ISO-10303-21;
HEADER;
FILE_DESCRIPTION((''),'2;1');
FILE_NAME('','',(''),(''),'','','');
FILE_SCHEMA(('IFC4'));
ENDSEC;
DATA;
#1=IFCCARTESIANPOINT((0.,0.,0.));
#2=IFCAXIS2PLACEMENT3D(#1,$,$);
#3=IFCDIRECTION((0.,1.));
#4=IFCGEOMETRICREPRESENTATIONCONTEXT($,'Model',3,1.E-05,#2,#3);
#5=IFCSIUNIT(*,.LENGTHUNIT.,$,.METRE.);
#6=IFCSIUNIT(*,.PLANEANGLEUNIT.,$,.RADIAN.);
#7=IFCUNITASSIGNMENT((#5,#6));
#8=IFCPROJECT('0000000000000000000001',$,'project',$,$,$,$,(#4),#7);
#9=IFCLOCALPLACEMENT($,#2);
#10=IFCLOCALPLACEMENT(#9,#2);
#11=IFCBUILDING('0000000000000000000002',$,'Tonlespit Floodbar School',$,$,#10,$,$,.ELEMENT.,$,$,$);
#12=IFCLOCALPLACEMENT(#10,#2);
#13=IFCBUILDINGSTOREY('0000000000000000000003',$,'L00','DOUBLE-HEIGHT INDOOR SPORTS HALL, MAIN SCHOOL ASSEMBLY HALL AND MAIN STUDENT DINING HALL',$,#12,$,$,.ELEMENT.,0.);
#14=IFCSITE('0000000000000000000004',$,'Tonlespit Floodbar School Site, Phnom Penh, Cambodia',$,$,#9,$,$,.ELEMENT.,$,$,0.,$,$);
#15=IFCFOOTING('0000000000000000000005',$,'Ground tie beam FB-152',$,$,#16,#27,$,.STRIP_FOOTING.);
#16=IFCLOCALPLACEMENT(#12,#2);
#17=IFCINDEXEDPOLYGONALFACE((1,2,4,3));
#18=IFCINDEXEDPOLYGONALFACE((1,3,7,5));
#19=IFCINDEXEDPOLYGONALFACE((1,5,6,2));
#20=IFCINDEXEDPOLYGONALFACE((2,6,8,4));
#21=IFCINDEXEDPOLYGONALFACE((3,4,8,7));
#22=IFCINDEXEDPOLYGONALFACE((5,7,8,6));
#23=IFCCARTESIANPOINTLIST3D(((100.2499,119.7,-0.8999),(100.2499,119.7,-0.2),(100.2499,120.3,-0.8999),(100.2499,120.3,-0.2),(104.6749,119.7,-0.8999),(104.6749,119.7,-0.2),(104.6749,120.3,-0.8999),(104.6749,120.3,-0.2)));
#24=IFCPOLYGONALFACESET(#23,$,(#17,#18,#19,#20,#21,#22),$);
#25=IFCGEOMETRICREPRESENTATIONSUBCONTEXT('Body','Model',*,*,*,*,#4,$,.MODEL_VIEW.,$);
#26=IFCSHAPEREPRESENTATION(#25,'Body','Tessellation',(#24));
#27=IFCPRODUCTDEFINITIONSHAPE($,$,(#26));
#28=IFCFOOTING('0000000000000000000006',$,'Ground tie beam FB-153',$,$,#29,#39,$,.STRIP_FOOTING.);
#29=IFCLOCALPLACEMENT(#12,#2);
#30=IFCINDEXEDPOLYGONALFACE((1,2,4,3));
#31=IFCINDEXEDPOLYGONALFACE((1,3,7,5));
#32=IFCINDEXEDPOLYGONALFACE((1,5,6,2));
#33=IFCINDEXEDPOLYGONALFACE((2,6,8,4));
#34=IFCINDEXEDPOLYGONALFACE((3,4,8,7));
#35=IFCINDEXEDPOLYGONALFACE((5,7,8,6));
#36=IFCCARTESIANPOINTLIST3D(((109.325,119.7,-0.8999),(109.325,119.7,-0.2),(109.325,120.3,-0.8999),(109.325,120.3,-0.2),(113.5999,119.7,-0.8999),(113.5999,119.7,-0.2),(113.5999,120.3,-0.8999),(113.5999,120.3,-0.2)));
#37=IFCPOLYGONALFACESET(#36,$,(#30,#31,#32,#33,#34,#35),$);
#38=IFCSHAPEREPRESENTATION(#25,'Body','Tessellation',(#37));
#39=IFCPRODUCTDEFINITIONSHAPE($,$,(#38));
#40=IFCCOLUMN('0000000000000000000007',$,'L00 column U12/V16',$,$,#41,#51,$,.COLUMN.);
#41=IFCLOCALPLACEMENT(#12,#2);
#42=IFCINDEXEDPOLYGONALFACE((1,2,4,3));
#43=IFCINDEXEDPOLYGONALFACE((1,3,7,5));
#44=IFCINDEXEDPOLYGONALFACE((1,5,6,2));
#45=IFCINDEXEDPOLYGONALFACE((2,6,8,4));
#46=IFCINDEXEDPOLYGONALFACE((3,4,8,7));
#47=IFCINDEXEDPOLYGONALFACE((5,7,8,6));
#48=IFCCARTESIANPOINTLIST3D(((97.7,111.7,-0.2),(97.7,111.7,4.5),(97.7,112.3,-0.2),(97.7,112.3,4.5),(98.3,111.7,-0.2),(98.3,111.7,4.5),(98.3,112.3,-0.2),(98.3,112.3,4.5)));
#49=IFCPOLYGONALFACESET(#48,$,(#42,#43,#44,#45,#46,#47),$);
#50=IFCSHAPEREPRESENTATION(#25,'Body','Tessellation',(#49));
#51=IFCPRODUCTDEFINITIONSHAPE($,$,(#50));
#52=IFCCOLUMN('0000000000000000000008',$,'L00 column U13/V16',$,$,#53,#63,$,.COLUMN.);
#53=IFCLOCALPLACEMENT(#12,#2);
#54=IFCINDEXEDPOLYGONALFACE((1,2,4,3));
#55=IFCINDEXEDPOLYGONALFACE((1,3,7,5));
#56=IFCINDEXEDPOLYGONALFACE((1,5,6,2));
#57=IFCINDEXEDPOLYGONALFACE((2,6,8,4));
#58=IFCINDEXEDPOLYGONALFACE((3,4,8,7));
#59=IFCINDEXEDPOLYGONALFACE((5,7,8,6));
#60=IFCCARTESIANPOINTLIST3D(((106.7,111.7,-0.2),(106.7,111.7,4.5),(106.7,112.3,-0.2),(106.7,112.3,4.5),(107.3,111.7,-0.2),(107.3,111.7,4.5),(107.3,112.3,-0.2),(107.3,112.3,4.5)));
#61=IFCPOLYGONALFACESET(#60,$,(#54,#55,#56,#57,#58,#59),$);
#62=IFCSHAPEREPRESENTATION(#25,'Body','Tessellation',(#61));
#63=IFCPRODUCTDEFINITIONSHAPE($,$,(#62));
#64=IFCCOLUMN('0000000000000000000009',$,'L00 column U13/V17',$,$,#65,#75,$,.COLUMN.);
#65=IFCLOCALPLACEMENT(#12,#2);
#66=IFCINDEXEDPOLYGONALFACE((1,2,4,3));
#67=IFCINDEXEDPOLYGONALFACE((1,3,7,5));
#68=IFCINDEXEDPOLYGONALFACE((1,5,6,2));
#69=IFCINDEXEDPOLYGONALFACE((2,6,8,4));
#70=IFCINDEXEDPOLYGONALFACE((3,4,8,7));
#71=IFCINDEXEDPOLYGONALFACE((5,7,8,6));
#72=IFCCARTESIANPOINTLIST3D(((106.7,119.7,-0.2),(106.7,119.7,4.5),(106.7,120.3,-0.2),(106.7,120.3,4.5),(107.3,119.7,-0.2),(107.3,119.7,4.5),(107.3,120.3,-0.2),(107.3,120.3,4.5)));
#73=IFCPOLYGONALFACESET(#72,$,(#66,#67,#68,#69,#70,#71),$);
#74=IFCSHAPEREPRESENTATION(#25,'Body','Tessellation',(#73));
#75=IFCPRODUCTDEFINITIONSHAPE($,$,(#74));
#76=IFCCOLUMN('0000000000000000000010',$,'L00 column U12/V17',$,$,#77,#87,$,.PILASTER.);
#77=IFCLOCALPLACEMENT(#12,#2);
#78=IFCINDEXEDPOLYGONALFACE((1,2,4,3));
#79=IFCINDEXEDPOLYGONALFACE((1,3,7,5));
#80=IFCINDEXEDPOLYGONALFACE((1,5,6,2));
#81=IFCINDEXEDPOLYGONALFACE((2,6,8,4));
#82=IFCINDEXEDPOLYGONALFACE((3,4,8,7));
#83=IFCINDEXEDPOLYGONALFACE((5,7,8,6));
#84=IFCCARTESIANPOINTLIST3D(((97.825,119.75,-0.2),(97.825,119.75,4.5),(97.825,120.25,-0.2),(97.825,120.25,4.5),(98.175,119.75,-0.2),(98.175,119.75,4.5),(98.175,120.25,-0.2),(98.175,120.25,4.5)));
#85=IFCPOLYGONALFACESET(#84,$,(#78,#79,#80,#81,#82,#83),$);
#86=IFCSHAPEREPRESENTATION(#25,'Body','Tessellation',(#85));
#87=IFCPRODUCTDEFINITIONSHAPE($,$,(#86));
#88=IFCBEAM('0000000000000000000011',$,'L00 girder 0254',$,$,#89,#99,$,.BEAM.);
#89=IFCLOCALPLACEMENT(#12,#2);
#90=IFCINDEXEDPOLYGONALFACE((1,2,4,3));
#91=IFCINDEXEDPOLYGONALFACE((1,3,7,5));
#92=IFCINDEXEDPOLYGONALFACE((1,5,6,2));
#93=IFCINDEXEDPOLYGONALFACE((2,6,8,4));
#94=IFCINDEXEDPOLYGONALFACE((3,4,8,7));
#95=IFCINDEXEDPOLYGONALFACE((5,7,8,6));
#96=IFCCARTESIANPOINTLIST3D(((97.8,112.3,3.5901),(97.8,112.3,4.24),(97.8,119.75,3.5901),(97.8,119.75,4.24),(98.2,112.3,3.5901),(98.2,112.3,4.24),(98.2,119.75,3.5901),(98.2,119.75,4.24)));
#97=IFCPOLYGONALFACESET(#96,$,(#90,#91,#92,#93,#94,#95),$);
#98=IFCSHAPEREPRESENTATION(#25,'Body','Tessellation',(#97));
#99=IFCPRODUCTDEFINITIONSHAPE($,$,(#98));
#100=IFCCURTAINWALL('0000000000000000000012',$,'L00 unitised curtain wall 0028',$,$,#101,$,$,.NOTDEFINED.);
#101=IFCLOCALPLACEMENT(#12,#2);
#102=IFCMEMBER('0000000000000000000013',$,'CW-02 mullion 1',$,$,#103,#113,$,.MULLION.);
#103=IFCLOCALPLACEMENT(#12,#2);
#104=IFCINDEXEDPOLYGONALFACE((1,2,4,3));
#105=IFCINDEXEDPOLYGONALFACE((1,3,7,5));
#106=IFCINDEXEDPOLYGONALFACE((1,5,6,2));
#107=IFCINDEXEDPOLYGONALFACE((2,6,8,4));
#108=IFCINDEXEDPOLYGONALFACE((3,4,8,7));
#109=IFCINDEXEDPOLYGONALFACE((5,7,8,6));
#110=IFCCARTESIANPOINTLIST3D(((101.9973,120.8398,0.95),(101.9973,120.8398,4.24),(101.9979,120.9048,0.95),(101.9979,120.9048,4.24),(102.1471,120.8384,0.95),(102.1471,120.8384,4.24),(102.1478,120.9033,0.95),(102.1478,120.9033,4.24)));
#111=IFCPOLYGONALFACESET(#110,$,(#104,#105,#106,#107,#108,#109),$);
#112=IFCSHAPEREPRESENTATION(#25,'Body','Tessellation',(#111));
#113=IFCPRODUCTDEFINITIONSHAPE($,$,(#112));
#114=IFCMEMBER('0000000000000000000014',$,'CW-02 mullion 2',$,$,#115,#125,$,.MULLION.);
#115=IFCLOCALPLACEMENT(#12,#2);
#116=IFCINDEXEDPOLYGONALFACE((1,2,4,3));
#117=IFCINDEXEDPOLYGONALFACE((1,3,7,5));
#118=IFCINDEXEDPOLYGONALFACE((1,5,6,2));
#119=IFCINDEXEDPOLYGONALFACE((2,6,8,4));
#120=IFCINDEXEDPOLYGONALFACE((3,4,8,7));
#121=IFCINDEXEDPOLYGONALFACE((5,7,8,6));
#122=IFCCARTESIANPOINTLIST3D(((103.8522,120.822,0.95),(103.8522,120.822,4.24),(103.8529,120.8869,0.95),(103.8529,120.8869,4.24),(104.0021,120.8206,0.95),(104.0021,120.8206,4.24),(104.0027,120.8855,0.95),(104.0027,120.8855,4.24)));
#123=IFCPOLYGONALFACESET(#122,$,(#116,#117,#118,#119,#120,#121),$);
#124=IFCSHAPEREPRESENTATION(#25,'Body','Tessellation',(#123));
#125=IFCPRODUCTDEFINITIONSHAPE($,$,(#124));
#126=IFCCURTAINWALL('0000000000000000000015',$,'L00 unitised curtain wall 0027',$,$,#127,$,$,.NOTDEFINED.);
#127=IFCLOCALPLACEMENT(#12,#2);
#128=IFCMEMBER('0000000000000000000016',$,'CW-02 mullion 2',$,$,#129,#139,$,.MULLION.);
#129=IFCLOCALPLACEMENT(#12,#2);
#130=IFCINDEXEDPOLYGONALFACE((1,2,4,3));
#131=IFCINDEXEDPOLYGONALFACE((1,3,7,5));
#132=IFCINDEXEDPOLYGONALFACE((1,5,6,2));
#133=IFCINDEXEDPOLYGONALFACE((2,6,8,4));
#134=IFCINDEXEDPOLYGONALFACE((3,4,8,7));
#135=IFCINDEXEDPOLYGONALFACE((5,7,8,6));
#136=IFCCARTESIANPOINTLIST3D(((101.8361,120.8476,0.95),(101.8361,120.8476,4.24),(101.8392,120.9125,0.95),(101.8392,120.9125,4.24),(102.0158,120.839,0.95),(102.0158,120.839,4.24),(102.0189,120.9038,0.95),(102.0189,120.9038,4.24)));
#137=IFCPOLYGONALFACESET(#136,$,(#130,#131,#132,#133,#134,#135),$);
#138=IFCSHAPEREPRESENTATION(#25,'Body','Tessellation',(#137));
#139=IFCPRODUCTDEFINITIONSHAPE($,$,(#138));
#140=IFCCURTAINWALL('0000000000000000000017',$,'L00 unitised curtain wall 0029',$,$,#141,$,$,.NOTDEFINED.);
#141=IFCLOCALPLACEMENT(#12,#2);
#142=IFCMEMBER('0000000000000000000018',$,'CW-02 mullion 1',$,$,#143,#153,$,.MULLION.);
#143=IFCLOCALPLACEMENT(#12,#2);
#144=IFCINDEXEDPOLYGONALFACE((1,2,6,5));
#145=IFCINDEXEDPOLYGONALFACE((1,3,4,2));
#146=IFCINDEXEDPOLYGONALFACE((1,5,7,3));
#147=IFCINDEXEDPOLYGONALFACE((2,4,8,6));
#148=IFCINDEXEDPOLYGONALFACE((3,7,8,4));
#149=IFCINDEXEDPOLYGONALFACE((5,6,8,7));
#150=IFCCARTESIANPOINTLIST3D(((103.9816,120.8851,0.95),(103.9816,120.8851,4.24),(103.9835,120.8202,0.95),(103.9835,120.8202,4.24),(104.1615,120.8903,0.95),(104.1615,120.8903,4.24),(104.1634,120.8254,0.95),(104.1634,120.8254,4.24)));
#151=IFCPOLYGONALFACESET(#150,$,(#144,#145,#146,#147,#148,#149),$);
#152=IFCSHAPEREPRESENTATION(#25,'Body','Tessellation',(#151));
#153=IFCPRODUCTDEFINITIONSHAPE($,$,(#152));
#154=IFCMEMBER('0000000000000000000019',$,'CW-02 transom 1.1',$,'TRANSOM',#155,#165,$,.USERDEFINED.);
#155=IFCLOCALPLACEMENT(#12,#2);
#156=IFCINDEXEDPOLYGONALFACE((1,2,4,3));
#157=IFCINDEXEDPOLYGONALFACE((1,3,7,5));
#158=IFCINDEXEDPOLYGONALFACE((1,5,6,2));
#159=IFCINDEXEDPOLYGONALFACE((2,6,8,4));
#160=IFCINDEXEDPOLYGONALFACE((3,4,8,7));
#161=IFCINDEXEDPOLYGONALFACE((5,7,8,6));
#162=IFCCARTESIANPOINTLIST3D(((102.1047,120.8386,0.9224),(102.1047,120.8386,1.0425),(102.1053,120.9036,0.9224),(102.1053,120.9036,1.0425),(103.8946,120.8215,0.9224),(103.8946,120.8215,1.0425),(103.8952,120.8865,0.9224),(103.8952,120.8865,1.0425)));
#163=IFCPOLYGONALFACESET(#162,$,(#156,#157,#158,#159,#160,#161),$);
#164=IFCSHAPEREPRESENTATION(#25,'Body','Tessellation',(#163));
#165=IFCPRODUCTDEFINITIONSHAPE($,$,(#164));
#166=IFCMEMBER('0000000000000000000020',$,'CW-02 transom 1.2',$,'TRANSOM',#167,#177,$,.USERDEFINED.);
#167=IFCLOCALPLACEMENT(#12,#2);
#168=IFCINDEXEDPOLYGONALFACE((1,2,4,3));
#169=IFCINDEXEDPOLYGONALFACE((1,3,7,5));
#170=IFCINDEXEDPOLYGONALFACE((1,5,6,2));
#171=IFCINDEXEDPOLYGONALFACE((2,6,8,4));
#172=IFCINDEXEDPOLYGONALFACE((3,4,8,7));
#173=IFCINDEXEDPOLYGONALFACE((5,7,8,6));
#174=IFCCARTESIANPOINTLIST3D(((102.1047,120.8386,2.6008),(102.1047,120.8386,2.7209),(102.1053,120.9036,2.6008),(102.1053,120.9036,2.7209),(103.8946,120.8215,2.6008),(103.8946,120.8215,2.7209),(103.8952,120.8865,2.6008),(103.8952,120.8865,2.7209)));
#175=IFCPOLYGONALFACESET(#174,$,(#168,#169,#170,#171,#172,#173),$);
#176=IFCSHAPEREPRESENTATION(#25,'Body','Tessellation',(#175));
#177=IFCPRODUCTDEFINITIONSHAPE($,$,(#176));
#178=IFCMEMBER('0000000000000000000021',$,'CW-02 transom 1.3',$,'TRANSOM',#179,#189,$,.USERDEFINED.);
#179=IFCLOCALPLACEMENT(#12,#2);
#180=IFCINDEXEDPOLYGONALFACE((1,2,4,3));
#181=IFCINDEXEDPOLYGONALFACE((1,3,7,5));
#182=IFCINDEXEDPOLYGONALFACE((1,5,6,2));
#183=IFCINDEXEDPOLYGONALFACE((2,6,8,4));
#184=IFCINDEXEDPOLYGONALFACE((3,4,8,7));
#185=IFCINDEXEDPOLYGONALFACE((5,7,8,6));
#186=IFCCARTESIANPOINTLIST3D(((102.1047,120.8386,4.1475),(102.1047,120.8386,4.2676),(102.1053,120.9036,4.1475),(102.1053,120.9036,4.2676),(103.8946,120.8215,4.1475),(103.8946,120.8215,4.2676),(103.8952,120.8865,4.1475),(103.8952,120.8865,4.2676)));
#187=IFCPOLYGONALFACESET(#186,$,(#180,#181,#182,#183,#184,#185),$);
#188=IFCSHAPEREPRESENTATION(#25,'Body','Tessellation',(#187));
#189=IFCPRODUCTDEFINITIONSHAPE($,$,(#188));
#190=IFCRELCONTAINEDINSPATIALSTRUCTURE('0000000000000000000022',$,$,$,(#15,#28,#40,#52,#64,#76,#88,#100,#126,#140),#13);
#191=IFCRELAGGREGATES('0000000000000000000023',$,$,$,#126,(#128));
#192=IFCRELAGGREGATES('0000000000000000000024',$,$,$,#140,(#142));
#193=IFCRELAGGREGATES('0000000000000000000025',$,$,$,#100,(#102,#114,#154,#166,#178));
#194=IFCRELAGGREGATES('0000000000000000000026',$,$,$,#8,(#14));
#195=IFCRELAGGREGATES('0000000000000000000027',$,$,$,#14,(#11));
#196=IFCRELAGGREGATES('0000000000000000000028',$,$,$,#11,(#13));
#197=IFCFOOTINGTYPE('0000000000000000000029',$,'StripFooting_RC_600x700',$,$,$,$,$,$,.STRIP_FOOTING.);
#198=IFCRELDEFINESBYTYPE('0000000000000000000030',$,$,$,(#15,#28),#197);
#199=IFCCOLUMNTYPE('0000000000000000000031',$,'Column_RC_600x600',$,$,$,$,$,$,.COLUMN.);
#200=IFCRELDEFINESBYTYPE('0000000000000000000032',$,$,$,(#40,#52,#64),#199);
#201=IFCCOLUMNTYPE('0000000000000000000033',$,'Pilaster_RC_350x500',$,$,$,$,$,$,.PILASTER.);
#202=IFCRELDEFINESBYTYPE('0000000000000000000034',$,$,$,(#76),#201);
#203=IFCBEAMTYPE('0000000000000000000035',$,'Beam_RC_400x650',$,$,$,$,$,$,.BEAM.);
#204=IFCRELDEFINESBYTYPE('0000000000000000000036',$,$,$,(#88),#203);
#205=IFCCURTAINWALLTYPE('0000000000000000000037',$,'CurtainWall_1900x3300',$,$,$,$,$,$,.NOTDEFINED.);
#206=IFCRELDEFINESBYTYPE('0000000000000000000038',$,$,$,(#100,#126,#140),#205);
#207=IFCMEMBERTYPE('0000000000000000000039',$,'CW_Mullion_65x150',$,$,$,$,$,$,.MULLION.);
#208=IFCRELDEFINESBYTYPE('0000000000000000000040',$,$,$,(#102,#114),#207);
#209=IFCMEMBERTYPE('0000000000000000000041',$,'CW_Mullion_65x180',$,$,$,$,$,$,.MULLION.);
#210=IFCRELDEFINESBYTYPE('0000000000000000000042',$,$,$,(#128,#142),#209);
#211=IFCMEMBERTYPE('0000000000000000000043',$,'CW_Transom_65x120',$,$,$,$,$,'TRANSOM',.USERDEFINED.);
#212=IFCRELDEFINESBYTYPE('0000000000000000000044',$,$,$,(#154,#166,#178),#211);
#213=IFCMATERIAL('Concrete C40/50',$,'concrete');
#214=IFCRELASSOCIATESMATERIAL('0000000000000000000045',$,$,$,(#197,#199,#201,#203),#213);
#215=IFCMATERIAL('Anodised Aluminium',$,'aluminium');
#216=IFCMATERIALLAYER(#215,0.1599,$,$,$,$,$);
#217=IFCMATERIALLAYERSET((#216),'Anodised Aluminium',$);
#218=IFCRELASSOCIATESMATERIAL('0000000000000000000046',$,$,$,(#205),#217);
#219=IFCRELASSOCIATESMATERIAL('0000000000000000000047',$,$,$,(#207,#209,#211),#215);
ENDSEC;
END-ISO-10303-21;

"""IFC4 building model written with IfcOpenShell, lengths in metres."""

from ifc_helpers import new_model, si_unit, direction, frame, origin, origin_2d, place, context, subcontext, project, spatial, rectangle, extrude, material, layer, layer_set, material_profile, profile_set, type_object, element, aggregate, save


model = new_model("IFC4")

# Units and contexts
model_context = context("Model", 3, precision=1e-05, world=origin(), true_north=direction((0.0, 1.0)))
body_context = subcontext(model_context, "Body", "Model", "MODEL_VIEW")
ifc_project = project(units=[si_unit("LENGTHUNIT", "METRE"), si_unit("PLANEANGLEUNIT", "RADIAN")], contexts=[model_context])

# Site, building, storey
site_placement = place(None, origin())
site = spatial("IfcSite", under=ifc_project, at=site_placement, Name="Tonlespit Floodbar School Site, Phnom Penh, Cambodia", CompositionType="ELEMENT", RefElevation=0.0)
building_placement = place(site_placement, origin())
building = spatial("IfcBuilding", under=site, at=building_placement, Name="Tonlespit Floodbar School", CompositionType="ELEMENT")
storey_placement = place(building_placement, origin())
storey = spatial("IfcBuildingStorey", under=building, at=storey_placement, Name="L00", Description="DOUBLE-HEIGHT INDOOR SPORTS HALL, MAIN SCHOOL ASSEMBLY HALL AND MAIN STUDENT DINING HALL", CompositionType="ELEMENT", Elevation=0.0)

# Shared definitions
ifc_material_1 = material(Name="Concrete C40/50", Category="concrete")

# Footings
footing_type_1 = type_object("IfcFootingType", Name="StripFooting_RC_600x700", PredefinedType="STRIP_FOOTING", material=ifc_material_1)
footing_1_placement = place(storey_placement, frame((102.4624, 120.0, -0.8999), z_axis=(0.0, 0.0, 1.0), x_axis=(1.0, 0.0, 0.0)))
element("IfcFooting", 1, at=footing_1_placement, inside=storey, type_object=footing_type_1, Name="Ground tie beam FB-152", PredefinedType="STRIP_FOOTING", context=body_context, shape_type="SweptSolid", body=[
    extrude(rectangle(XDim=4.425, YDim=0.6001, at=origin_2d()), origin(), (0.0, 0.0, 1.0), 0.7),
])
footing_2_placement = place(storey_placement, frame((111.4624, 120.0, -0.8999), z_axis=(0.0, 0.0, 1.0), x_axis=(1.0, 0.0, 0.0)))
element("IfcFooting", 2, at=footing_2_placement, inside=storey, type_object=footing_type_1, Name="Ground tie beam FB-153", PredefinedType="STRIP_FOOTING", context=body_context, shape_type="SweptSolid", body=[
    extrude(rectangle(XDim=4.2749, YDim=0.6001, at=origin_2d()), origin(), (0.0, 0.0, 1.0), 0.7),
])

# Columns
ifc_material_profile_1 = material_profile(ifc_material_1, rectangle(XDim=0.6001, YDim=0.6001, at=origin_2d()), Name="RC 600x600")
ifc_profile_set_1 = profile_set([ifc_material_profile_1], Name="Concrete C40/50")
column_type_1 = type_object("IfcColumnType", Name="Column_RC_600x600", PredefinedType="COLUMN", material=ifc_profile_set_1)
for number, where, z_axis, x_axis, name in (
    (3, (98.0, 112.0, -0.2), (0.0, 0.0, 1.0), (1.0, 0.0, 0.0), "L00 column U12/V16"),
    (4, (107.0, 112.0, -0.2), (0.0, 0.0, 1.0), (1.0, 0.0, 0.0), "L00 column U13/V16"),
    (5, (107.0, 120.0, -0.2), (0.0, 0.0, 1.0), (1.0, 0.0, 0.0), "L00 column U13/V17"),
):
    element("IfcColumn", number, at=place(storey_placement, frame(where, z_axis=z_axis, x_axis=x_axis)), inside=storey, type_object=column_type_1, Name=name, PredefinedType="COLUMN", context=body_context, shape_type="SweptSolid", body=[
        extrude(rectangle(XDim=0.6001, YDim=0.6001, at=origin_2d()), origin(), (0.0, 0.0, 1.0), 4.7),
    ])
ifc_material_profile_2 = material_profile(ifc_material_1, rectangle(XDim=0.3501, YDim=0.5, at=origin_2d()), Name="RC 350x500")
ifc_profile_set_2 = profile_set([ifc_material_profile_2], Name="Concrete C40/50")
column_type_2 = type_object("IfcColumnType", Name="Pilaster_RC_350x500", PredefinedType="PILASTER", material=ifc_profile_set_2)
column_placement = place(storey_placement, frame((98.0, 120.0, -0.2), z_axis=(0.0, 0.0, 1.0), x_axis=(1.0, 0.0, 0.0)))
element("IfcColumn", 6, at=column_placement, inside=storey, type_object=column_type_2, Name="L00 column U12/V17", PredefinedType="PILASTER", context=body_context, shape_type="SweptSolid", body=[
    extrude(rectangle(XDim=0.3501, YDim=0.5, at=origin_2d()), origin(), (0.0, 0.0, 1.0), 4.7),
])

# Beam
ifc_material_profile_3 = material_profile(ifc_material_1, rectangle(XDim=0.3999, YDim=0.6499, at=origin_2d()), Name="RC 400x650")
ifc_profile_set_3 = profile_set([ifc_material_profile_3], Name="Concrete C40/50")
beam_type_1 = type_object("IfcBeamType", Name="Beam_RC_400x650", PredefinedType="BEAM", material=ifc_profile_set_3)
beam_1_placement = place(storey_placement, frame((98.0, 112.3, 3.915), z_axis=(0.0, 1.0, 0.0), x_axis=(-1.0, 0.0, 0.0)))
element("IfcBeam", 7, at=beam_1_placement, inside=storey, type_object=beam_type_1, Name="L00 girder 0254", PredefinedType="BEAM", context=body_context, shape_type="SweptSolid", body=[
    extrude(rectangle(XDim=0.3999, YDim=0.6499, at=origin_2d()), origin(), (0.0, 0.0, 1.0), 7.45),
])

# Curtain wall, members
ifc_material_2 = material(Name="Anodised Aluminium", Category="aluminium")
ifc_layer_1 = layer(ifc_material_2, 0.1599)
ifc_layer_set_1 = layer_set([ifc_layer_1], Name="Anodised Aluminium")
curtain_wall_type = type_object("IfcCurtainWallType", Name="CurtainWall_1900x3300", PredefinedType="NOTDEFINED", material=ifc_layer_set_1)
curtain_wall_1_placement = place(storey_placement, origin())
curtain_wall_1 = element("IfcCurtainWall", 8, at=curtain_wall_1_placement, inside=storey, type_object=curtain_wall_type, Name="L00 unitised curtain wall 0028", PredefinedType="NOTDEFINED")
ifc_material_profile_4 = material_profile(ifc_material_2, rectangle(XDim=0.0649, YDim=0.1499, at=origin_2d()), Name="ALU M65x150")
ifc_profile_set_4 = profile_set([ifc_material_profile_4], Name="Anodised Aluminium")
member_type_1 = type_object("IfcMemberType", Name="CW_Mullion_65x150", PredefinedType="MULLION", material=ifc_profile_set_4)
member_1_placement = place(storey_placement, frame((102.0725, 120.8716, 0.95), z_axis=(0.0, 0.0, 1.0), x_axis=(0.009583, 0.999954, 0.0)))
member_1 = element("IfcMember", 9, at=member_1_placement, type_object=member_type_1, Name="CW-02 mullion 1", PredefinedType="MULLION", context=body_context, shape_type="SweptSolid", body=[
    extrude(rectangle(XDim=0.0649, YDim=0.1499, at=origin_2d()), origin(), (0.0, 0.0, 1.0), 3.29),
])
member_2_placement = place(storey_placement, frame((103.9275, 120.8538, 0.95), z_axis=(0.0, 0.0, 1.0), x_axis=(0.009583, 0.999954, 0.0)))
member_2 = element("IfcMember", 10, at=member_2_placement, type_object=member_type_1, Name="CW-02 mullion 2", PredefinedType="MULLION", context=body_context, shape_type="SweptSolid", body=[
    extrude(rectangle(XDim=0.0649, YDim=0.1499, at=origin_2d()), origin(), (0.0, 0.0, 1.0), 3.29),
])

# Curtain walls, members
curtain_wall_2_placement = place(storey_placement, origin())
curtain_wall_2 = element("IfcCurtainWall", 11, at=curtain_wall_2_placement, inside=storey, type_object=curtain_wall_type, Name="L00 unitised curtain wall 0027", PredefinedType="NOTDEFINED")
ifc_material_profile_5 = material_profile(ifc_material_2, rectangle(XDim=0.0649, YDim=0.1799, at=origin_2d()), Name="ALU M65x180")
ifc_profile_set_5 = profile_set([ifc_material_profile_5], Name="Anodised Aluminium")
member_type_2 = type_object("IfcMemberType", Name="CW_Mullion_65x180", PredefinedType="MULLION", material=ifc_profile_set_5)
member_3_placement = place(storey_placement, frame((101.9275, 120.8757, 0.95), z_axis=(0.0, 0.0, 1.0), x_axis=(0.048121, 0.998842, 0.0)))
member_3 = element("IfcMember", 12, at=member_3_placement, type_object=member_type_2, Name="CW-02 mullion 2", PredefinedType="MULLION", context=body_context, shape_type="SweptSolid", body=[
    extrude(rectangle(XDim=0.0649, YDim=0.1799, at=origin_2d()), origin(), (0.0, 0.0, 1.0), 3.29),
])
aggregate(curtain_wall_2, [member_3])
curtain_wall_3_placement = place(storey_placement, origin())
curtain_wall_3 = element("IfcCurtainWall", 13, at=curtain_wall_3_placement, inside=storey, type_object=curtain_wall_type, Name="L00 unitised curtain wall 0029", PredefinedType="NOTDEFINED")
member_4_placement = place(storey_placement, frame((104.0725, 120.8552, 0.95), z_axis=(0.0, 0.0, 1.0), x_axis=(-0.02879, 0.999585, 0.0)))
member_4 = element("IfcMember", 14, at=member_4_placement, type_object=member_type_2, Name="CW-02 mullion 1", PredefinedType="MULLION", context=body_context, shape_type="SweptSolid", body=[
    extrude(rectangle(XDim=0.0649, YDim=0.1799, at=origin_2d()), origin(), (0.0, 0.0, 1.0), 3.29),
])

# Members
ifc_material_profile_6 = material_profile(ifc_material_2, rectangle(XDim=0.0649, YDim=0.1201, at=origin_2d()), Name="ALU T65x120")
ifc_profile_set_6 = profile_set([ifc_material_profile_6], Name="Anodised Aluminium")
member_type_3 = type_object("IfcMemberType", Name="CW_Transom_65x120", ElementType="TRANSOM", PredefinedType="USERDEFINED", material=ifc_profile_set_6)
member_5_placement = place(storey_placement, frame((102.105, 120.8711, 0.9824), z_axis=(0.999954, -0.009547, 0.0), x_axis=(0.009547, 0.999954, 0.0)))
member_5 = element("IfcMember", 15, at=member_5_placement, type_object=member_type_3, Name="CW-02 transom 1.1", ObjectType="TRANSOM", PredefinedType="USERDEFINED", context=body_context, shape_type="SweptSolid", body=[
    extrude(rectangle(XDim=0.0649, YDim=0.1201, at=origin_2d()), origin(), (0.0, 0.0, 1.0), 1.79),
])
member_6_placement = place(storey_placement, frame((102.105, 120.8711, 2.6609), z_axis=(0.999954, -0.009547, 0.0), x_axis=(0.009547, 0.999954, 0.0)))
member_6 = element("IfcMember", 16, at=member_6_placement, type_object=member_type_3, Name="CW-02 transom 1.2", ObjectType="TRANSOM", PredefinedType="USERDEFINED", context=body_context, shape_type="SweptSolid", body=[
    extrude(rectangle(XDim=0.0649, YDim=0.1201, at=origin_2d()), origin(), (0.0, 0.0, 1.0), 1.79),
])
member_7_placement = place(storey_placement, frame((102.105, 120.8711, 4.2075), z_axis=(0.999954, -0.009547, 0.0), x_axis=(0.009547, 0.999954, 0.0)))
member_7 = element("IfcMember", 17, at=member_7_placement, type_object=member_type_3, Name="CW-02 transom 1.3", ObjectType="TRANSOM", PredefinedType="USERDEFINED", context=body_context, shape_type="SweptSolid", body=[
    extrude(rectangle(XDim=0.0649, YDim=0.1201, at=origin_2d()), origin(), (0.0, 0.0, 1.0), 1.79),
])

aggregate(curtain_wall_3, [member_4])
aggregate(curtain_wall_1, [member_1, member_2, member_5, member_6, member_7])

save(model, "model.ifc")
